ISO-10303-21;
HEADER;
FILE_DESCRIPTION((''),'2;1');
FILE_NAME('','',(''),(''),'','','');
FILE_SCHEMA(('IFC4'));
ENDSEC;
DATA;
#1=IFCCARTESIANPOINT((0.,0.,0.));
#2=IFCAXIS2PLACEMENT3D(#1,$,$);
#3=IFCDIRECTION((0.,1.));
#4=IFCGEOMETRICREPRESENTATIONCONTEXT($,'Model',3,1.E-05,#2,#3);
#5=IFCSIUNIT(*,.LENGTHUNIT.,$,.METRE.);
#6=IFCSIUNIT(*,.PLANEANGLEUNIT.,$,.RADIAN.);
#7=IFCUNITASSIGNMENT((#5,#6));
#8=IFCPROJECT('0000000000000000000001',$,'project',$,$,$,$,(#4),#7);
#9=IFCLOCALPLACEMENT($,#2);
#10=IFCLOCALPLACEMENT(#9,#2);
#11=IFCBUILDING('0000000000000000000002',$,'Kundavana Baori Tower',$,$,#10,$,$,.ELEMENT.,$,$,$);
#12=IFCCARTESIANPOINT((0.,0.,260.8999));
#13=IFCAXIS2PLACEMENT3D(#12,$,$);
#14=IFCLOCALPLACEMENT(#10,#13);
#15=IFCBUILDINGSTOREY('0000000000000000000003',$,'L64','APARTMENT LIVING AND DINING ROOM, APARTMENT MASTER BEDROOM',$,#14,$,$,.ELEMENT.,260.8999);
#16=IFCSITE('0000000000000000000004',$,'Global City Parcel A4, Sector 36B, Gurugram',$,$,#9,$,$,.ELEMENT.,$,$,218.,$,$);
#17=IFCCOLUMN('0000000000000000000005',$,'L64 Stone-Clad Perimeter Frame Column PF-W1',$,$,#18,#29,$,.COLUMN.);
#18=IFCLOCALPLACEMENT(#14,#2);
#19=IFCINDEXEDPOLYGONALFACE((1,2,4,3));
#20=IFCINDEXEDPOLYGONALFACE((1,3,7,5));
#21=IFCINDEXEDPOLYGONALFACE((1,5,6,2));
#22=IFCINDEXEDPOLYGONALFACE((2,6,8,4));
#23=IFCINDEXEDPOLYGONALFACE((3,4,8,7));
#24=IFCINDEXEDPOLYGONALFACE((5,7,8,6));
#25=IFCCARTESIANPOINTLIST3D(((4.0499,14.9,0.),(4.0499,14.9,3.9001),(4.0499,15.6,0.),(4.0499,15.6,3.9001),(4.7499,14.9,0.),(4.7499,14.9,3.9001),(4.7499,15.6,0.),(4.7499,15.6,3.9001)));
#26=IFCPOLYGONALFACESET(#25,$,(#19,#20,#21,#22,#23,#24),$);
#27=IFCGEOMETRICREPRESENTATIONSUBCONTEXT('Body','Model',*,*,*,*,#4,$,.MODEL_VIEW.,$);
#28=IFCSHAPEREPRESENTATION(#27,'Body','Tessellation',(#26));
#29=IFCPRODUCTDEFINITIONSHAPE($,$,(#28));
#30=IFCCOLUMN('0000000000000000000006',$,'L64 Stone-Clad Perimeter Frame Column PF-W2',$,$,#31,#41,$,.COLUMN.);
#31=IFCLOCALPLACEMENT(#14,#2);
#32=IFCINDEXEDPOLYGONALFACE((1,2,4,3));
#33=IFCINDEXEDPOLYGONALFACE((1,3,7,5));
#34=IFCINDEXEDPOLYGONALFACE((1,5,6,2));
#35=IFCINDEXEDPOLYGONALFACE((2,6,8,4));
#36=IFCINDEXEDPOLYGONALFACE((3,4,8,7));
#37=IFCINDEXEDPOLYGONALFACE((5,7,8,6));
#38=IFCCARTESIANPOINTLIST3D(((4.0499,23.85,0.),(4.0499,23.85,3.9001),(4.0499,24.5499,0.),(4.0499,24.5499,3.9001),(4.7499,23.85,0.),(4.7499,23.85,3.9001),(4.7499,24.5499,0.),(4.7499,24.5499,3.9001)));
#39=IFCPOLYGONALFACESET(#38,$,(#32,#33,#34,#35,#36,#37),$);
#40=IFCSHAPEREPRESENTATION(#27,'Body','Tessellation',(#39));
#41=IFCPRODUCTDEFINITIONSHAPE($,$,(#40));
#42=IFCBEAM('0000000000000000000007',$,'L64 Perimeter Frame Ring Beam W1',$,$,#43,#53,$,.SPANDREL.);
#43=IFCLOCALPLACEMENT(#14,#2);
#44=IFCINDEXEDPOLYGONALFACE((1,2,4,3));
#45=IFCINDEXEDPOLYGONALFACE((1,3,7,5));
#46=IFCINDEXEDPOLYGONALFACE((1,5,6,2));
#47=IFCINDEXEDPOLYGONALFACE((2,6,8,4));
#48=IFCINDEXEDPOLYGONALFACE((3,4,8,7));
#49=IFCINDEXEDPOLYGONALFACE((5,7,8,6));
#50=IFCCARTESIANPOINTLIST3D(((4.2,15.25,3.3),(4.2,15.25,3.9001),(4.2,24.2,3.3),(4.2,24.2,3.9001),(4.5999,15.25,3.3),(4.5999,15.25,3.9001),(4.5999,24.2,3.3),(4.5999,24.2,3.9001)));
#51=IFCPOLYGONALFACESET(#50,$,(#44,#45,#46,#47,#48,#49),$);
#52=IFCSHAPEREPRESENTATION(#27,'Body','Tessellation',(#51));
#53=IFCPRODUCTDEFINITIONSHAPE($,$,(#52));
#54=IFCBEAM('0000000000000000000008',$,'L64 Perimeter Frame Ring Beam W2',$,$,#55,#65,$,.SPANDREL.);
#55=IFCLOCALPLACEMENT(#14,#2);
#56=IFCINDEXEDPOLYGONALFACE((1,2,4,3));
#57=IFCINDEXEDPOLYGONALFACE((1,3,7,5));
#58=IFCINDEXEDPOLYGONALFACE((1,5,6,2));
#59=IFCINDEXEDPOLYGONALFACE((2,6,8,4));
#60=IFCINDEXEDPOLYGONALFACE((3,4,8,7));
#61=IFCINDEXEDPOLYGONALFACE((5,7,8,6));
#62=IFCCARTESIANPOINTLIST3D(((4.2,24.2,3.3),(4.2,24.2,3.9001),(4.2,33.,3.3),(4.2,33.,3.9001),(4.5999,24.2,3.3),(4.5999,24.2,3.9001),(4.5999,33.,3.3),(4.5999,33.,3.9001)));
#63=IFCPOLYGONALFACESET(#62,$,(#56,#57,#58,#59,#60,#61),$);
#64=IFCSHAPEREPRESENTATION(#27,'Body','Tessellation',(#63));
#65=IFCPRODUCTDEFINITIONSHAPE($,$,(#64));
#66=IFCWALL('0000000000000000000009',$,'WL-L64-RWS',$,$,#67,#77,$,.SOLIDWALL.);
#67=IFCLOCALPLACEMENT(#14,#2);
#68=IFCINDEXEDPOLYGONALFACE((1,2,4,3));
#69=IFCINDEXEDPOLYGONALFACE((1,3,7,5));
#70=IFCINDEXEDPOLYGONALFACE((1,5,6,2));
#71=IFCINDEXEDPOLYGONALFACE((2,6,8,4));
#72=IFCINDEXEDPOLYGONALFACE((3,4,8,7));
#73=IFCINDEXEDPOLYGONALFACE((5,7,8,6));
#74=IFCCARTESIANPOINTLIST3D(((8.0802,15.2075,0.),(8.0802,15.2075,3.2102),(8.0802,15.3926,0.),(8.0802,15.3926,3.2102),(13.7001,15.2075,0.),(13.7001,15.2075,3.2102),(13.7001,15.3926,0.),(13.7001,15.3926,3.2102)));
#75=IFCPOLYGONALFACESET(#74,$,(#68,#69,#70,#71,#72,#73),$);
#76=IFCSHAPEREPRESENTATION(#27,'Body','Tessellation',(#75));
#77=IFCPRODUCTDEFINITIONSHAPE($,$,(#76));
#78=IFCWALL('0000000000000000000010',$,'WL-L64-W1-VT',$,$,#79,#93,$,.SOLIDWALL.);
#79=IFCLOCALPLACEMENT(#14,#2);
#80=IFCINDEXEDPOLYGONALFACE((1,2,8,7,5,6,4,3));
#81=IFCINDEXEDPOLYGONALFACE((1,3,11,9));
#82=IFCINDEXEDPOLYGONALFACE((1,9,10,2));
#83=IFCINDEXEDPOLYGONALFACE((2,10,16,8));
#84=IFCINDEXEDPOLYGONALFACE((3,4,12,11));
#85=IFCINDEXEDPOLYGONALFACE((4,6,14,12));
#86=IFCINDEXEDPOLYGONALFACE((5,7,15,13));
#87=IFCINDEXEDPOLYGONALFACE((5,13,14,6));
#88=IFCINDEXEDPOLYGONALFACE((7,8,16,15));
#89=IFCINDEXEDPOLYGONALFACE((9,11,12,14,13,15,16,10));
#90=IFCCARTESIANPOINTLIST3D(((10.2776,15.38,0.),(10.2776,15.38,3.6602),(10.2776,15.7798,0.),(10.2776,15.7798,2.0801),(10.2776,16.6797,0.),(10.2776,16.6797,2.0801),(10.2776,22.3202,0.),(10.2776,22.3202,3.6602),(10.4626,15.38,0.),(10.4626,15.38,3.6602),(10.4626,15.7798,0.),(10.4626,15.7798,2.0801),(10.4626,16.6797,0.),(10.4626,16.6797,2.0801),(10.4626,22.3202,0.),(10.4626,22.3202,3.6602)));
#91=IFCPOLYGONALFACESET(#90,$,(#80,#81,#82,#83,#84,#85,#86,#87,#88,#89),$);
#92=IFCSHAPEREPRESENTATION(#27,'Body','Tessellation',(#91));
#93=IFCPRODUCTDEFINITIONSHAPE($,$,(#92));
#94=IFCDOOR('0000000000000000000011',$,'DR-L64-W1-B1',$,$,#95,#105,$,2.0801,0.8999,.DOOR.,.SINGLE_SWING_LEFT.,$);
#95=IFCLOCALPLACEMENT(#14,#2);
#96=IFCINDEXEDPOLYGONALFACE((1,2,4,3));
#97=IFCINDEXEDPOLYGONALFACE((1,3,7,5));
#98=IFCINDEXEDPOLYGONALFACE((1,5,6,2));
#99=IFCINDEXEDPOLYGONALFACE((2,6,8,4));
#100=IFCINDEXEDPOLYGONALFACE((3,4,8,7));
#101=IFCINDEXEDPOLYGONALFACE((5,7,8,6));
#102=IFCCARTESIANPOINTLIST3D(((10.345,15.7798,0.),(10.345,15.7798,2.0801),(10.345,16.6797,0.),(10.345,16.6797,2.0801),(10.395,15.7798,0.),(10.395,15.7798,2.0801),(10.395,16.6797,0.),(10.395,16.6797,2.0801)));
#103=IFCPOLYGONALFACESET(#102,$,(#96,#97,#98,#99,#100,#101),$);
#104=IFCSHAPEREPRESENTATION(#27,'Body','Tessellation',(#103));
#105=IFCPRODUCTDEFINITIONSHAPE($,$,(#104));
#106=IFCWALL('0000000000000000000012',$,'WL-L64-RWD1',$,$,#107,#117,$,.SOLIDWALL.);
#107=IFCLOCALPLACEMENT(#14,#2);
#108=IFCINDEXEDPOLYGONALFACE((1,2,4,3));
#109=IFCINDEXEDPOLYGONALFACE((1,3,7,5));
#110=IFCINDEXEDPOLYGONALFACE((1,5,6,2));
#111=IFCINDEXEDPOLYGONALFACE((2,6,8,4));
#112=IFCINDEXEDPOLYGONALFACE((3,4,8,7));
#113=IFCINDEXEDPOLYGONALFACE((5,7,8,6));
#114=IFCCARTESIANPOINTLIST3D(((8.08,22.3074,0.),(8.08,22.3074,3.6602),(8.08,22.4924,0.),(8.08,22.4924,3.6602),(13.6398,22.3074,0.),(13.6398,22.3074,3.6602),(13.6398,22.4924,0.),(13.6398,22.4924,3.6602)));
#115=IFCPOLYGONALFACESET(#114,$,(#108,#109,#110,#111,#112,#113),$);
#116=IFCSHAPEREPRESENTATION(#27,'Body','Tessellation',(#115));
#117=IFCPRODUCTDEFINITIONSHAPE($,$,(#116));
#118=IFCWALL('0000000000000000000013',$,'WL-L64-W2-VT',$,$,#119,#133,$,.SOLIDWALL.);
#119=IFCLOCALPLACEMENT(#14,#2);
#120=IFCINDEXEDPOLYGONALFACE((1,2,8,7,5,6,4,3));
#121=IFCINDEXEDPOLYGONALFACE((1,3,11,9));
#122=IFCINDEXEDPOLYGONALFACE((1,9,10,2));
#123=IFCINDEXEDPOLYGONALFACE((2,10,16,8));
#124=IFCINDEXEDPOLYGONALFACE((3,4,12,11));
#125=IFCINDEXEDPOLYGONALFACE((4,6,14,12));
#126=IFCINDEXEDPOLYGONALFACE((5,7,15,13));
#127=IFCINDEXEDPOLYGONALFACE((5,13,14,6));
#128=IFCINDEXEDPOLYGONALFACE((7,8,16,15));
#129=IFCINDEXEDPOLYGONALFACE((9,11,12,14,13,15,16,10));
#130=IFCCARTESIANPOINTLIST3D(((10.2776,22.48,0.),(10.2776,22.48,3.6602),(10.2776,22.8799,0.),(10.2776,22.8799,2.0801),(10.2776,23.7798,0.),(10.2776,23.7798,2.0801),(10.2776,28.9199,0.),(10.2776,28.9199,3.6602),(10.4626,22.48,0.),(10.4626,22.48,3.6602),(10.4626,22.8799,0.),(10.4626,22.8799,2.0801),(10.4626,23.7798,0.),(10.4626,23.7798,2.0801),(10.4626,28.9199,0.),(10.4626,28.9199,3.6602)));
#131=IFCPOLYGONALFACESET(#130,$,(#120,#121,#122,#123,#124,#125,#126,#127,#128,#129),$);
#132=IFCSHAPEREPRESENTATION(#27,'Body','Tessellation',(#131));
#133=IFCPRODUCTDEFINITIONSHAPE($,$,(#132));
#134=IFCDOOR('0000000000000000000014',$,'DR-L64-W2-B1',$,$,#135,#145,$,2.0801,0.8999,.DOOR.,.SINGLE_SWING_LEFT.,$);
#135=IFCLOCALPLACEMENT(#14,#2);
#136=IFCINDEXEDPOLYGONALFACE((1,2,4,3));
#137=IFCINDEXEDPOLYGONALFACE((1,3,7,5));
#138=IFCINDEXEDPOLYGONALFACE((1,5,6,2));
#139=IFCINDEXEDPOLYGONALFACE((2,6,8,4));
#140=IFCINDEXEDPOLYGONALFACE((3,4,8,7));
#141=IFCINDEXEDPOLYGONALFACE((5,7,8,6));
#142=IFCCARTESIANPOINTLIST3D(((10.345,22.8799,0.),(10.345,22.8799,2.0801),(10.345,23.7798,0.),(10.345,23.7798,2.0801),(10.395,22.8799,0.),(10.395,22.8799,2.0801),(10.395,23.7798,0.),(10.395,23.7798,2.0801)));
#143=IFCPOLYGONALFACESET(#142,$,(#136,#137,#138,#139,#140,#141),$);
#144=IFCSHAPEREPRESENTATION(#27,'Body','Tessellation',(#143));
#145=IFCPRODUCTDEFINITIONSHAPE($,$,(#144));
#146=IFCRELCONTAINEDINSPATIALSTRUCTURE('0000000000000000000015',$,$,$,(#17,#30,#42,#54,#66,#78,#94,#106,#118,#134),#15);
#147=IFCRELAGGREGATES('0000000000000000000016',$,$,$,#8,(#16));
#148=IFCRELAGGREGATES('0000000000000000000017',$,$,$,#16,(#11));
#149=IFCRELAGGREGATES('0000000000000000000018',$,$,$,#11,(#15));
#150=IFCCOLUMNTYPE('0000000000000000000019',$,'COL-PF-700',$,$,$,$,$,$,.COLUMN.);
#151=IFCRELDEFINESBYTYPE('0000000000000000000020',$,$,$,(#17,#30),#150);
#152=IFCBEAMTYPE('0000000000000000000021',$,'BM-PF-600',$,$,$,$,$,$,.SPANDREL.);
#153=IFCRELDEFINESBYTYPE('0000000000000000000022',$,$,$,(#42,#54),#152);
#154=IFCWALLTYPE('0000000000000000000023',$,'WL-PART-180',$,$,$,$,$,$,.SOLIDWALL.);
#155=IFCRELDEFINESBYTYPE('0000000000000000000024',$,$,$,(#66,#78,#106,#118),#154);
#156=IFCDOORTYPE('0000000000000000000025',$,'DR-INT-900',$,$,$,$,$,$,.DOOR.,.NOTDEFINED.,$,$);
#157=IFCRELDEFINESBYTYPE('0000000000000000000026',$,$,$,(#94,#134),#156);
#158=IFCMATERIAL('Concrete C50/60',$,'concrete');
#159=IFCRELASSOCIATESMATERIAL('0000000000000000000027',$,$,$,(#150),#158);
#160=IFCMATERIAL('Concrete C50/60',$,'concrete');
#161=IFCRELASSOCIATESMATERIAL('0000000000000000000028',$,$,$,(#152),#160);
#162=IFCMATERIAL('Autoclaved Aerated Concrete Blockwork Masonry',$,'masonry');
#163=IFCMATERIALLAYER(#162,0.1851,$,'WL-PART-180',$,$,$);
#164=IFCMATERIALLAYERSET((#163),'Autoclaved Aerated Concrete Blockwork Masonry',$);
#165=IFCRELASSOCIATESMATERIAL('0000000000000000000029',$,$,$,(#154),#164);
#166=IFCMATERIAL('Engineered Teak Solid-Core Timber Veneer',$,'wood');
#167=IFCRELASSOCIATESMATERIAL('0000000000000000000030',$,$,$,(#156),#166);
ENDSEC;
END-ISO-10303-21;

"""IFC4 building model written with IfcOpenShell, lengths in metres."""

from ifc_helpers import new_model, si_unit, direction, frame, frame_2d, origin, origin_2d, place, context, subcontext, project, spatial, rectangle, extrude, material, layer, layer_set, material_profile, profile_set, type_object, element, fill, save


model = new_model("IFC4")

# Units and contexts
model_context = context("Model", 3, precision=1e-05, world=origin(), true_north=direction((0.0, 1.0)))
body_context = subcontext(model_context, "Body", "Model", "MODEL_VIEW")
ifc_project = project(units=[si_unit("LENGTHUNIT", "METRE"), si_unit("PLANEANGLEUNIT", "RADIAN")], contexts=[model_context])

# Site, building, storey
site_placement = place(None, origin())
site = spatial("IfcSite", under=ifc_project, at=site_placement, Name="Global City Parcel A4, Sector 36B, Gurugram", CompositionType="ELEMENT", RefElevation=218.0)
building_placement = place(site_placement, origin())
building = spatial("IfcBuilding", under=site, at=building_placement, Name="Kundavana Baori Tower", CompositionType="ELEMENT")
storey_placement = place(building_placement, frame((0.0, 0.0, 260.8999)))
storey = spatial("IfcBuildingStorey", under=building, at=storey_placement, Name="L64", Description="APARTMENT LIVING AND DINING ROOM, APARTMENT MASTER BEDROOM", CompositionType="ELEMENT", Elevation=260.8999)

# Columns
ifc_material_1 = material(Name="Concrete C50/60", Category="concrete")
ifc_material_profile_1 = material_profile(ifc_material_1, rectangle(XDim=0.7, YDim=0.7, at=origin_2d()), Name="RC PF 700x700")
ifc_profile_set_1 = profile_set([ifc_material_profile_1], Name="Concrete C50/60")
column_type = type_object("IfcColumnType", Name="COL-PF-700", PredefinedType="COLUMN", material=ifc_profile_set_1)
for number, where, z_axis, x_axis, name in (
    (1, (4.3999, 15.25, 0.0), (0.0, 0.0, 1.0), (1.0, 0.0, 0.0), "L64 Stone-Clad Perimeter Frame Column PF-W1"),
    (2, (4.3999, 24.2, 0.0), (0.0, 0.0, 1.0), (1.0, 0.0, 0.0), "L64 Stone-Clad Perimeter Frame Column PF-W2"),
):
    element("IfcColumn", number, at=place(storey_placement, frame(where, z_axis=z_axis, x_axis=x_axis)), inside=storey, type_object=column_type, Name=name, PredefinedType="COLUMN", context=body_context, shape_type="SweptSolid", body=[
        extrude(rectangle(XDim=0.7, YDim=0.7, at=origin_2d()), origin(), (0.0, 0.0, 1.0), 3.9001),
    ])

# Beams
ifc_material_2 = material(Name="Concrete C50/60", Category="concrete")
ifc_material_profile_2 = material_profile(ifc_material_2, rectangle(XDim=0.3999, YDim=0.6001, at=origin_2d()), Name="RC BM 400x600")
ifc_profile_set_2 = profile_set([ifc_material_profile_2], Name="Concrete C50/60")
beam_type = type_object("IfcBeamType", Name="BM-PF-600", PredefinedType="SPANDREL", material=ifc_profile_set_2)
beam_1_placement = place(storey_placement, frame((4.3999, 15.25, 3.6001), z_axis=(0.0, 1.0, 0.0), x_axis=(-1.0, 0.0, 0.0)))
element("IfcBeam", 3, at=beam_1_placement, inside=storey, type_object=beam_type, Name="L64 Perimeter Frame Ring Beam W1", PredefinedType="SPANDREL", context=body_context, shape_type="SweptSolid", body=[
    extrude(rectangle(XDim=0.3999, YDim=0.6001, at=origin_2d()), origin(), (0.0, 0.0, 1.0), 8.95),
])
beam_2_placement = place(storey_placement, frame((4.3999, 24.2, 3.6001), z_axis=(0.0, 1.0, 0.0), x_axis=(-1.0, 0.0, 0.0)))
element("IfcBeam", 4, at=beam_2_placement, inside=storey, type_object=beam_type, Name="L64 Perimeter Frame Ring Beam W2", PredefinedType="SPANDREL", context=body_context, shape_type="SweptSolid", body=[
    extrude(rectangle(XDim=0.3999, YDim=0.6001, at=origin_2d()), origin(), (0.0, 0.0, 1.0), 8.8),
])

# Wall
ifc_material_3 = material(Name="Autoclaved Aerated Concrete Blockwork Masonry", Category="masonry")
ifc_layer_1 = layer(ifc_material_3, 0.1851, Name="WL-PART-180")
ifc_layer_set_1 = layer_set([ifc_layer_1], Name="Autoclaved Aerated Concrete Blockwork Masonry")
wall_type_1 = type_object("IfcWallType", Name="WL-PART-180", PredefinedType="SOLIDWALL", material=ifc_layer_set_1)
wall_1_placement = place(storey_placement, frame((8.0801, 15.3, 0.0), z_axis=(0.0, 0.0, 1.0), x_axis=(1.0, 0.0, 0.0)))
element("IfcWall", 5, at=wall_1_placement, inside=storey, type_object=wall_type_1, Name="WL-L64-RWS", PredefinedType="SOLIDWALL", context=body_context, shape_type="SweptSolid", body=[
    extrude(rectangle(XDim=5.6199, YDim=0.1851, at=frame_2d((2.8101, 0.0))), origin(), (0.0, 0.0, 1.0), 3.2102),
])

# Wall, opening, door
wall_2_placement = place(storey_placement, frame((10.3701, 15.3799, 0.0), z_axis=(0.0, 0.0, 1.0), x_axis=(0.0, 1.0, 0.0)))
wall_2 = element("IfcWall", 6, at=wall_2_placement, inside=storey, type_object=wall_type_1, Name="WL-L64-W1-VT", PredefinedType="SOLIDWALL", context=body_context, shape_type="SweptSolid", body=[
    extrude(rectangle(XDim=6.9402, YDim=0.1851, at=frame_2d((3.4702, 0.0))), origin(), (0.0, 0.0, 1.0), 3.6602),
])
opening_1_placement = place(wall_2_placement, frame((0.3999, 0.0, 0.0)))
opening_1 = element("IfcOpeningElement", 7, at=opening_1_placement, cuts=wall_2, PredefinedType="OPENING", context=body_context, shape_type="SweptSolid", body=[
    extrude(rectangle(XDim=0.8999, YDim=2.0801, at=frame_2d((0.45, 1.04))), frame((0.0, 0.1025, 0.0), z_axis=(0.0, -1.0, 0.0), x_axis=(1.0, 0.0, 0.0)), (0.0, 0.0, 1.0), 0.2051),
])
ifc_material_4 = material(Name="Engineered Teak Solid-Core Timber Veneer", Category="wood")
door_type_1 = type_object("IfcDoorType", Name="DR-INT-900", OperationType="NOTDEFINED", PredefinedType="DOOR", material=ifc_material_4)
door_1_placement = place(opening_1_placement, frame((0.8999, 0.0, 0.0), z_axis=(0.0, 0.0, 1.0), x_axis=(-1.0, 0.0, 0.0)))
door_1 = element("IfcDoor", 8, at=door_1_placement, inside=storey, type_object=door_type_1, Name="DR-L64-W1-B1", OperationType="SINGLE_SWING_LEFT", OverallHeight=2.0801, OverallWidth=0.8999, PredefinedType="DOOR", context=body_context, shape_type="SweptSolid", body=[
    extrude(rectangle(XDim=0.8999, YDim=2.0801, at=frame_2d((0.45, 1.04))), frame((0.0, 0.0249, 0.0), z_axis=(0.0, -1.0, 0.0), x_axis=(1.0, 0.0, 0.0)), (0.0, 0.0, 1.0), 0.05),
])
fill(opening_1, door_1)

# Wall
wall_3_placement = place(storey_placement, frame((8.0801, 22.3999, 0.0), z_axis=(0.0, 0.0, 1.0), x_axis=(1.0, 0.0, 0.0)))
element("IfcWall", 9, at=wall_3_placement, inside=storey, type_object=wall_type_1, Name="WL-L64-RWD1", PredefinedType="SOLIDWALL", context=body_context, shape_type="SweptSolid", body=[
    extrude(rectangle(XDim=5.5598, YDim=0.1851, at=frame_2d((2.7798, 0.0))), origin(), (0.0, 0.0, 1.0), 3.6602),
])

# Wall, opening, door
wall_4_placement = place(storey_placement, frame((10.3701, 22.48, 0.0), z_axis=(0.0, 0.0, 1.0), x_axis=(0.0, 1.0, 0.0)))
wall_4 = element("IfcWall", 10, at=wall_4_placement, inside=storey, type_object=wall_type_1, Name="WL-L64-W2-VT", PredefinedType="SOLIDWALL", context=body_context, shape_type="SweptSolid", body=[
    extrude(rectangle(XDim=6.4399, YDim=0.1851, at=frame_2d((3.22, 0.0))), origin(), (0.0, 0.0, 1.0), 3.6602),
])
opening_2_placement = place(wall_4_placement, frame((0.3999, 0.0, 0.0)))
opening_2 = element("IfcOpeningElement", 11, at=opening_2_placement, cuts=wall_4, PredefinedType="OPENING", context=body_context, shape_type="SweptSolid", body=[
    extrude(rectangle(XDim=0.8999, YDim=2.0801, at=frame_2d((0.45, 1.04))), frame((0.0, 0.1025, 0.0), z_axis=(0.0, -1.0, 0.0), x_axis=(1.0, 0.0, 0.0)), (0.0, 0.0, 1.0), 0.2051),
])
door_2_placement = place(opening_2_placement, frame((0.8999, 0.0, 0.0), z_axis=(0.0, 0.0, 1.0), x_axis=(-1.0, 0.0, 0.0)))
door_2 = element("IfcDoor", 12, at=door_2_placement, inside=storey, type_object=door_type_1, Name="DR-L64-W2-B1", OperationType="SINGLE_SWING_LEFT", OverallHeight=2.0801, OverallWidth=0.8999, PredefinedType="DOOR", context=body_context, shape_type="SweptSolid", body=[
    extrude(rectangle(XDim=0.8999, YDim=2.0801, at=frame_2d((0.45, 1.04))), frame((0.0, 0.0249, 0.0), z_axis=(0.0, -1.0, 0.0), x_axis=(1.0, 0.0, 0.0)), (0.0, 0.0, 1.0), 0.05),
])
fill(opening_2, door_2)

save(model, "model.ifc")
